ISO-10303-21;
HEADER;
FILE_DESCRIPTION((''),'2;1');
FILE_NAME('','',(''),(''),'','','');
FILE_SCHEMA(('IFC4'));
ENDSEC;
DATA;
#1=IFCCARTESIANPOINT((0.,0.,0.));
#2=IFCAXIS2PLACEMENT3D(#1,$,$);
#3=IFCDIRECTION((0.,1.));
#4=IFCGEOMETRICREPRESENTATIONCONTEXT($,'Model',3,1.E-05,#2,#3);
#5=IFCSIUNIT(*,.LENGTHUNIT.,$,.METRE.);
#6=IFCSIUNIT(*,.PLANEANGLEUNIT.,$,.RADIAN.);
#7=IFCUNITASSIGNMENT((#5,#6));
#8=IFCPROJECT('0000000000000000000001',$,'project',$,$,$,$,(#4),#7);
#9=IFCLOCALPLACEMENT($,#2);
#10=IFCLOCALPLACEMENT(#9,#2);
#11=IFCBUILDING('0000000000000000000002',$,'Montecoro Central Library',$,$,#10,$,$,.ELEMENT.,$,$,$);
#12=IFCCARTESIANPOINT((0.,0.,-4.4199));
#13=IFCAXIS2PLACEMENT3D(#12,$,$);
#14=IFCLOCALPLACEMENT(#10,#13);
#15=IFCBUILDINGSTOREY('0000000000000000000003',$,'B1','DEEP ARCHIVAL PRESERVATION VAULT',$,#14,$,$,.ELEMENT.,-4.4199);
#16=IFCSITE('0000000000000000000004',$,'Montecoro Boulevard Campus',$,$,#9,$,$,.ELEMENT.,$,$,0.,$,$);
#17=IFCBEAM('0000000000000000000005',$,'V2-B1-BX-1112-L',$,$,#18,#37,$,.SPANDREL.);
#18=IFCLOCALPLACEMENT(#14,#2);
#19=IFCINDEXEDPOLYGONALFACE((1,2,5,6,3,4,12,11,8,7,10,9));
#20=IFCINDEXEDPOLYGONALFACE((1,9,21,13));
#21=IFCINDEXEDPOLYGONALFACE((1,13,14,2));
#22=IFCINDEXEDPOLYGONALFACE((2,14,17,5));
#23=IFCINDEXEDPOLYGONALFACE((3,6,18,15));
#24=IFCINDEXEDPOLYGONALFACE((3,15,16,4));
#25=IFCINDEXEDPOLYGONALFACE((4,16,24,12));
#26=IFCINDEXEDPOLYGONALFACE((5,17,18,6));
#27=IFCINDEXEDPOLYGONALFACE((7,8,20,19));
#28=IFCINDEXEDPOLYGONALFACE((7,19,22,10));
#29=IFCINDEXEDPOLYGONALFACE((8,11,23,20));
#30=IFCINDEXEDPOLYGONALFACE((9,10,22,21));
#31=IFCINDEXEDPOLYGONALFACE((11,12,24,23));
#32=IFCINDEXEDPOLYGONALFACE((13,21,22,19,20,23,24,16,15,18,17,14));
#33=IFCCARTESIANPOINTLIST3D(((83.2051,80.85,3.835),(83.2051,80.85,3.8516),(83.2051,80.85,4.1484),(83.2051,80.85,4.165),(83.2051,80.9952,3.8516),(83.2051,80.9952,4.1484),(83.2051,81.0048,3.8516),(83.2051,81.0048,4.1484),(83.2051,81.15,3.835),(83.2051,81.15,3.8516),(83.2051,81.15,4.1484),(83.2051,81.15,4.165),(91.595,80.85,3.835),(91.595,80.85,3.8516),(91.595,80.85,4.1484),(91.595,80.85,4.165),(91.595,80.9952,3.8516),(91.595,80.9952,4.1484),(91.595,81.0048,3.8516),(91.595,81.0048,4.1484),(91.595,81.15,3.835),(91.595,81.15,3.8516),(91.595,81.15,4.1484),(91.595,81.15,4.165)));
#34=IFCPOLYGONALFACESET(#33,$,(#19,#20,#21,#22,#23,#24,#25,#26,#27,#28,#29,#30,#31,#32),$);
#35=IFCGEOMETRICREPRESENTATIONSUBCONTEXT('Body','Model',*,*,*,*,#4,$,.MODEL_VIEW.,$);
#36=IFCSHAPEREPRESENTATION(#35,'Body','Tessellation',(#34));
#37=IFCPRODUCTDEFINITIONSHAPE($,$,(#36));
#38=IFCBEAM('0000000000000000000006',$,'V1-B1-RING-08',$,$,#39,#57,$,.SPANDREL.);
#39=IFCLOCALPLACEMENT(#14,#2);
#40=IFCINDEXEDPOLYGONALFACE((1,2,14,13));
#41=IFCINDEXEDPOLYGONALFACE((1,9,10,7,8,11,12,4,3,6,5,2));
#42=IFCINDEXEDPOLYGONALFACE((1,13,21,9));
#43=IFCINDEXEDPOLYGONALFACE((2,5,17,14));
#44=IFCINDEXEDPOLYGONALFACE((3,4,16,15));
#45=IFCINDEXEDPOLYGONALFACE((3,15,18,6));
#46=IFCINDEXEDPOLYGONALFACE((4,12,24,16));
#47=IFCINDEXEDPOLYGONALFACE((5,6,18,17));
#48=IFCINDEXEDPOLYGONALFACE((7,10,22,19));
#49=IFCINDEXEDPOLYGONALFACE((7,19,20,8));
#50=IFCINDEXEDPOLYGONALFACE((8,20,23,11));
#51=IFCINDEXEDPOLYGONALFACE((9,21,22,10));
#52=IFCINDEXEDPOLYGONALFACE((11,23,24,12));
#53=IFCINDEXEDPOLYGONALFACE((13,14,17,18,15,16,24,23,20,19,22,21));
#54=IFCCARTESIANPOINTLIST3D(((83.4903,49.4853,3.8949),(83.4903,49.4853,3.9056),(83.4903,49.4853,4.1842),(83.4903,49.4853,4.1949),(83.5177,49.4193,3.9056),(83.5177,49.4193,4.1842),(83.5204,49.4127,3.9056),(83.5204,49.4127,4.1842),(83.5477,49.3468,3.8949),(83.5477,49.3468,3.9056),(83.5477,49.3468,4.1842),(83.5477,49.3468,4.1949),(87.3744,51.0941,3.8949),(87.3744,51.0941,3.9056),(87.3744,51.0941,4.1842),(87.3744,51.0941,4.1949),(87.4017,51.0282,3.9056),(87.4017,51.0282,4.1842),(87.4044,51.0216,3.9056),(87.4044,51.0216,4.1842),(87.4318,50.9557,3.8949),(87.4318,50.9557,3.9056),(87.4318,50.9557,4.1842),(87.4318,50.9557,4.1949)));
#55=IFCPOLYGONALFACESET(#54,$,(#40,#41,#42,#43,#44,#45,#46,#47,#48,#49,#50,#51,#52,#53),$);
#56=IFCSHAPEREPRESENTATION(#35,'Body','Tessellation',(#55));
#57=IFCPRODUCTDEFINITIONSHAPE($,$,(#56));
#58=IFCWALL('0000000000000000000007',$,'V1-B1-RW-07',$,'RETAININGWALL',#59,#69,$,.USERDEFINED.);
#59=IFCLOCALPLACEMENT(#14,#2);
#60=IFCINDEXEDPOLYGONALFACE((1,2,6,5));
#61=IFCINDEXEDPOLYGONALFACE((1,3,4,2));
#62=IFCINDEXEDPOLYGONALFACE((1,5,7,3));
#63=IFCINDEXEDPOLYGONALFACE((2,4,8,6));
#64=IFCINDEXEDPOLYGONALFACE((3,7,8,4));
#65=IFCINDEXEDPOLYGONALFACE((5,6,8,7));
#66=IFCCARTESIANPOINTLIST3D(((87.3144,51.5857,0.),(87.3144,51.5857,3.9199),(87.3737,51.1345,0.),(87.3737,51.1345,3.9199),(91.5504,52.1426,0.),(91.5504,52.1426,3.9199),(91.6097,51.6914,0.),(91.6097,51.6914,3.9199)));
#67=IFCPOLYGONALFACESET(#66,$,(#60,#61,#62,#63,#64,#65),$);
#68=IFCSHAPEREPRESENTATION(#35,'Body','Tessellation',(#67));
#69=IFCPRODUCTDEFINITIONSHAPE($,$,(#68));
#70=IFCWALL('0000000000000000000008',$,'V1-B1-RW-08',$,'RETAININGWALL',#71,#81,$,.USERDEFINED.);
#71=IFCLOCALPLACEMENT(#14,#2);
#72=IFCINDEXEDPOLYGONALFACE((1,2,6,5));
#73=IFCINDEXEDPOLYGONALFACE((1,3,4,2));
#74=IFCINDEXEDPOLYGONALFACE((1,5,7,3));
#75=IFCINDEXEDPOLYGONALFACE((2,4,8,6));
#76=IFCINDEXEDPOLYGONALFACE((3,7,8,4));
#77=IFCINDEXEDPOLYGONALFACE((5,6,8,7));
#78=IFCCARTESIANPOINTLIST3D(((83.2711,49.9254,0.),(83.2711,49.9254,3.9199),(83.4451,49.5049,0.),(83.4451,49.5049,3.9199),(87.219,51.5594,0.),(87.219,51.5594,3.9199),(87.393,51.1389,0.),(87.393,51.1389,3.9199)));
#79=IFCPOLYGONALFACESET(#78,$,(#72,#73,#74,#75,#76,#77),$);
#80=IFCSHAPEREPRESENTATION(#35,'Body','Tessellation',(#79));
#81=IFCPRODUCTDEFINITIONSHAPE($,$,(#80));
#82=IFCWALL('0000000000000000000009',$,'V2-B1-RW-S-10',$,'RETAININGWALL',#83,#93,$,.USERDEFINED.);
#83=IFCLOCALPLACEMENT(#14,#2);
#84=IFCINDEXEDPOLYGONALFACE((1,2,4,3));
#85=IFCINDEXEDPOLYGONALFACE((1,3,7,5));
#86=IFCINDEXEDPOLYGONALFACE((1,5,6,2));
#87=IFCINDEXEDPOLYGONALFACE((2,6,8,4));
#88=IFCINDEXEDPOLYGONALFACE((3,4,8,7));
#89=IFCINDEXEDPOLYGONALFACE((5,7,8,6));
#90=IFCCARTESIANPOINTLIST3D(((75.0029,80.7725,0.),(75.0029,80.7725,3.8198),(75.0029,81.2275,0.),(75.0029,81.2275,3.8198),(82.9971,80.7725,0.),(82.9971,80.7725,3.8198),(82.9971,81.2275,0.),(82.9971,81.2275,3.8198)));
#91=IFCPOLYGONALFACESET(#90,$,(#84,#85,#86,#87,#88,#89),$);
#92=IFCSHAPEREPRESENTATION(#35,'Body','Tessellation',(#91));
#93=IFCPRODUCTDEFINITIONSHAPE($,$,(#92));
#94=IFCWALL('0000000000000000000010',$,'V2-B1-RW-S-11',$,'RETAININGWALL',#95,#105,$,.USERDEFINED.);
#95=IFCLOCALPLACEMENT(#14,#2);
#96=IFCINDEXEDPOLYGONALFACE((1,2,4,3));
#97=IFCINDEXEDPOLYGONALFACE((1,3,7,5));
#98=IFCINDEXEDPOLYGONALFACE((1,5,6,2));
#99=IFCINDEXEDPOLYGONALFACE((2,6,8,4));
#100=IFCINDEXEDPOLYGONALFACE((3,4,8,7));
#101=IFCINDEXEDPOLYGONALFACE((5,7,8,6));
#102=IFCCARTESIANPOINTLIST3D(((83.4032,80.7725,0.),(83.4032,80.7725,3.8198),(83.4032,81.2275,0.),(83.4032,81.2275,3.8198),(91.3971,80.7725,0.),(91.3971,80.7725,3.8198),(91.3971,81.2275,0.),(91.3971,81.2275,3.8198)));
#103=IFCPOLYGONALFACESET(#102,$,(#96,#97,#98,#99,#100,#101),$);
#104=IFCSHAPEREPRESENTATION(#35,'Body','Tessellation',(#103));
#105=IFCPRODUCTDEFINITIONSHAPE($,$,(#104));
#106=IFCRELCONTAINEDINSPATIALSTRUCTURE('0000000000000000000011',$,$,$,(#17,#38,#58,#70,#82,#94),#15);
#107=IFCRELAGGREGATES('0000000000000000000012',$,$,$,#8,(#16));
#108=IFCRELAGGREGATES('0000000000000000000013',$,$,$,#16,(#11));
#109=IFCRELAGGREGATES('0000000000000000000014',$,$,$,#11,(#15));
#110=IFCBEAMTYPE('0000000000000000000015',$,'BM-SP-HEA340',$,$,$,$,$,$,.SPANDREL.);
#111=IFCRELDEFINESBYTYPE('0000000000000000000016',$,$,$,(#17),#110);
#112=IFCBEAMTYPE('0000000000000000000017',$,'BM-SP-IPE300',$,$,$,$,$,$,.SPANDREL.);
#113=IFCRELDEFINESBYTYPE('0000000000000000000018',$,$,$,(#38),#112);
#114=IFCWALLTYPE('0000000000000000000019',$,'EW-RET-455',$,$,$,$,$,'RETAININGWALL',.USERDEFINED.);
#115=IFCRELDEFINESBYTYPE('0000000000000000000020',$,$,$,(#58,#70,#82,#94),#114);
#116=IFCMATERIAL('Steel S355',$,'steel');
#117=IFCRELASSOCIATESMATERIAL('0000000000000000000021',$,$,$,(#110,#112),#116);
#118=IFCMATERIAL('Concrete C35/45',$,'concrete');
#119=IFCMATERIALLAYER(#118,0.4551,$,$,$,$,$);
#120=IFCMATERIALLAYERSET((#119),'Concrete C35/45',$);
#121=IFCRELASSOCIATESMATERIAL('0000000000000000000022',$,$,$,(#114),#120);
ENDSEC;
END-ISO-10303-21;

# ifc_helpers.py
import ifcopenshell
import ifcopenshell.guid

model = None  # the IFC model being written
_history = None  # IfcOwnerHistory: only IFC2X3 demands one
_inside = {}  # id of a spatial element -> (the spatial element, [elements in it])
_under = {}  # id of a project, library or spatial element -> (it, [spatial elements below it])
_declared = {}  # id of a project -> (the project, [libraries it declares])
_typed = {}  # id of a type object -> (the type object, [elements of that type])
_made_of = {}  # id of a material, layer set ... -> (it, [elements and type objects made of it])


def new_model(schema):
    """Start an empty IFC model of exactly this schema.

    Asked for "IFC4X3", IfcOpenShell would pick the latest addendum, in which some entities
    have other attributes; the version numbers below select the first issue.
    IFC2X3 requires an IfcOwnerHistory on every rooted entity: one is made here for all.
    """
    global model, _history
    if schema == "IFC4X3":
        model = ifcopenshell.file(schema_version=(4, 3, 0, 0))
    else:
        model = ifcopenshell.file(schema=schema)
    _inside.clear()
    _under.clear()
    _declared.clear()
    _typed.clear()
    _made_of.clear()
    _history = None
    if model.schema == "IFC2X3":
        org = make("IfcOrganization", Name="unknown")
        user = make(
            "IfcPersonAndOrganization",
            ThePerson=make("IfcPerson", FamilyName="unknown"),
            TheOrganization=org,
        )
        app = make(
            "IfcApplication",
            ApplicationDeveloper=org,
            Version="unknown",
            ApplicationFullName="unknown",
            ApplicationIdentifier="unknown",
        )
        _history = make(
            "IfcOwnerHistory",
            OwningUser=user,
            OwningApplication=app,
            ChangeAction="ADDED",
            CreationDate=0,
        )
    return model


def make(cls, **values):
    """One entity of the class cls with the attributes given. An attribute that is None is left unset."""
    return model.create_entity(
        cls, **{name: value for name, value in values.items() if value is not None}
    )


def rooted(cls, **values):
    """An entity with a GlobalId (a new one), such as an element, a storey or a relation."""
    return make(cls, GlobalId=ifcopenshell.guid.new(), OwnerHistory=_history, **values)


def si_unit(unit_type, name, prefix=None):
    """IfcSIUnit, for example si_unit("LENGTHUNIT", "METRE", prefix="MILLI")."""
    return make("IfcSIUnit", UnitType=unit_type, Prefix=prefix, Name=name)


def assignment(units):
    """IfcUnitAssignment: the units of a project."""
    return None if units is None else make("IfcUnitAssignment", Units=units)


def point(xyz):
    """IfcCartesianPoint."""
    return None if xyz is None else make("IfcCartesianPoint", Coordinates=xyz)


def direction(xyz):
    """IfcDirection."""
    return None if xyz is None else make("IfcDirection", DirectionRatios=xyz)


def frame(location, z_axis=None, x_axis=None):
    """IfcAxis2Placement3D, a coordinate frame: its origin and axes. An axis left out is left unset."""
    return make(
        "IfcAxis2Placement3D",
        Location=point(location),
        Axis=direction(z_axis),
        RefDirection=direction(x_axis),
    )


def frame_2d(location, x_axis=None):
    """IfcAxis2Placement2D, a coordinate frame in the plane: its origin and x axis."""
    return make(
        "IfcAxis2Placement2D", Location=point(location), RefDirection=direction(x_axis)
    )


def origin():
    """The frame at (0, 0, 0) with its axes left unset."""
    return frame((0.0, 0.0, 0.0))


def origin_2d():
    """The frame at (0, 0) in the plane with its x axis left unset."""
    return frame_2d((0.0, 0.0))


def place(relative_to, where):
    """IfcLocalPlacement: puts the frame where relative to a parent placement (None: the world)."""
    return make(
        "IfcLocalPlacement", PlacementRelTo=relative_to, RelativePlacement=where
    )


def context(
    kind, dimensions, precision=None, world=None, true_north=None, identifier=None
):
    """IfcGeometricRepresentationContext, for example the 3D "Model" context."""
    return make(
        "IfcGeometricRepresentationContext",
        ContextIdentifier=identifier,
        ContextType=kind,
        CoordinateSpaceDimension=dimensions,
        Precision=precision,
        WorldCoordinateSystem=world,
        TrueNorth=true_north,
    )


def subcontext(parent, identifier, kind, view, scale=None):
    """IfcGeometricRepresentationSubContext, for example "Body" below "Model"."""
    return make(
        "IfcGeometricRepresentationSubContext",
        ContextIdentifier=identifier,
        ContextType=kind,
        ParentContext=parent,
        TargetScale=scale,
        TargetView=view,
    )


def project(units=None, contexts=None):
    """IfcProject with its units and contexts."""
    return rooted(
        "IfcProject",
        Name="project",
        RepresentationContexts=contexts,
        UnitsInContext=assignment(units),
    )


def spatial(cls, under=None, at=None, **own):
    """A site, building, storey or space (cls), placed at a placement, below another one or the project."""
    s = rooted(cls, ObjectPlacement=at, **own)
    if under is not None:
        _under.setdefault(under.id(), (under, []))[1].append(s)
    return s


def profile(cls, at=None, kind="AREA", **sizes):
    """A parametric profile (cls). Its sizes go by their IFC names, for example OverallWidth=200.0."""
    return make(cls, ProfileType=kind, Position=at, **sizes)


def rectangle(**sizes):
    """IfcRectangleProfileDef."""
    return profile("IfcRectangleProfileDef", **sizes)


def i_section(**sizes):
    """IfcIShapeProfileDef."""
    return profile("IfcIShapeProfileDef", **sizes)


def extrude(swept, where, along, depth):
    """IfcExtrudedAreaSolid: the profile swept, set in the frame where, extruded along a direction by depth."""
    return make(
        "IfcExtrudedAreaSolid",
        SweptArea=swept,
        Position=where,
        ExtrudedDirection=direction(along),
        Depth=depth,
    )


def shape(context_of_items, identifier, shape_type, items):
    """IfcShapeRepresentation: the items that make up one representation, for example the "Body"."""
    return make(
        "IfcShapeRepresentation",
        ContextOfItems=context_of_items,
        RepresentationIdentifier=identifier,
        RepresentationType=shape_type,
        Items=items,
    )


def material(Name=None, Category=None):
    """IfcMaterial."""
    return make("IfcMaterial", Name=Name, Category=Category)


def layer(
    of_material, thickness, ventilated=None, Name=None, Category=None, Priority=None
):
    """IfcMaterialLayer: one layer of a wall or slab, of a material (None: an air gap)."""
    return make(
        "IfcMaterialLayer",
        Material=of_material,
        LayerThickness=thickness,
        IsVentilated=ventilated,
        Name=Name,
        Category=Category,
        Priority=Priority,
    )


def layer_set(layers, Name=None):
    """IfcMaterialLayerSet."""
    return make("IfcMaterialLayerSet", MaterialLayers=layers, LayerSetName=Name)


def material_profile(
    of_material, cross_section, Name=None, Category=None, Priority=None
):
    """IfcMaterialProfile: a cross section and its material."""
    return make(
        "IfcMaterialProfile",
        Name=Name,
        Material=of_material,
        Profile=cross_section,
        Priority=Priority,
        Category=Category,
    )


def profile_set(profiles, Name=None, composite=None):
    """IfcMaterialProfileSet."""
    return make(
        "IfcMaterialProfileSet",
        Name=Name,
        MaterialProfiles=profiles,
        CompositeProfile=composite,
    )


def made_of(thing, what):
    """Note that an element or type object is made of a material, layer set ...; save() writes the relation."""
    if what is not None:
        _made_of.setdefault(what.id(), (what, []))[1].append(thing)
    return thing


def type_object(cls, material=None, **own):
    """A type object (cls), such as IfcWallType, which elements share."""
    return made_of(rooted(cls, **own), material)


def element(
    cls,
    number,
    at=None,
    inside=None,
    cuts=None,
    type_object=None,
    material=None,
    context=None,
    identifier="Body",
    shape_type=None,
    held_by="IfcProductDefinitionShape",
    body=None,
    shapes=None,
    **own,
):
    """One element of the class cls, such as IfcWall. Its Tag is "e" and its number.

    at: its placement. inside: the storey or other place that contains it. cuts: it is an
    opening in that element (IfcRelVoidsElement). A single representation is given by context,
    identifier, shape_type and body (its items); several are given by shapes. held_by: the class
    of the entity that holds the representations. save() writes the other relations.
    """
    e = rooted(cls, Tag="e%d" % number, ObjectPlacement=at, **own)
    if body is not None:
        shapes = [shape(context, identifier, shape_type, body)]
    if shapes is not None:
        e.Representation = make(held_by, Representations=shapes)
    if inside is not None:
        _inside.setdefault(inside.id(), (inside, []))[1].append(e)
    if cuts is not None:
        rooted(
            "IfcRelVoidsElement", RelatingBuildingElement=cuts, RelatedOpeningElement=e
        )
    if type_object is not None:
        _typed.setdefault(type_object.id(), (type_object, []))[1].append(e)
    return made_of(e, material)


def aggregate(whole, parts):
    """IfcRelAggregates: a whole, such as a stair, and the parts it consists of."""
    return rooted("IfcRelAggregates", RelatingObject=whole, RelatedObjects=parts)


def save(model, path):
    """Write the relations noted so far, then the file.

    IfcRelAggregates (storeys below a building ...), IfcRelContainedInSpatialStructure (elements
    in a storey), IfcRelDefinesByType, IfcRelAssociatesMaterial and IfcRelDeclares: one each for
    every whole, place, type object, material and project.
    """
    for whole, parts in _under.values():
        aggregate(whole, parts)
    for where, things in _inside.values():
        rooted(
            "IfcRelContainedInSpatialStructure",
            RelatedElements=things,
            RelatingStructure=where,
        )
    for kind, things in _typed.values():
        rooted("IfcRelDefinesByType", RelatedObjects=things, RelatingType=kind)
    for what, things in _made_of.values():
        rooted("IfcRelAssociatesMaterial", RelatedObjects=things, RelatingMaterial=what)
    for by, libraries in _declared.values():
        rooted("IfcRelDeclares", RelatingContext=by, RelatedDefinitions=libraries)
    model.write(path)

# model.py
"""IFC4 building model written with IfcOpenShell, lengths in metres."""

from ifc_helpers import new_model, si_unit, direction, frame, frame_2d, origin, origin_2d, place, context, subcontext, project, spatial, rectangle, i_section, extrude, material, layer, layer_set, material_profile, profile_set, type_object, element, save


model = new_model("IFC4")

# Units and contexts
model_context = context("Model", 3, precision=1e-05, world=origin(), true_north=direction((0.0, 1.0)))
body_context = subcontext(model_context, "Body", "Model", "MODEL_VIEW")
ifc_project = project(units=[si_unit("LENGTHUNIT", "METRE"), si_unit("PLANEANGLEUNIT", "RADIAN")], contexts=[model_context])

# Site, building, storey
site_placement = place(None, origin())
site = spatial("IfcSite", under=ifc_project, at=site_placement, Name="Montecoro Boulevard Campus", CompositionType="ELEMENT", RefElevation=0.0)
building_placement = place(site_placement, origin())
building = spatial("IfcBuilding", under=site, at=building_placement, Name="Montecoro Central Library", CompositionType="ELEMENT")
storey_placement = place(building_placement, frame((0.0, 0.0, -4.4199)))
storey = spatial("IfcBuildingStorey", under=building, at=storey_placement, Name="B1", Description="DEEP ARCHIVAL PRESERVATION VAULT", CompositionType="ELEMENT", Elevation=-4.4199)

# Shared definitions
ifc_material_1 = material(Name="Concrete C35/45", Category="concrete")

# Beams
ifc_material_2 = material(Name="Steel S355", Category="steel")
ifc_material_profile_1 = material_profile(ifc_material_2, i_section(OverallWidth=0.3, OverallDepth=0.3301, WebThickness=0.0095, FlangeThickness=0.0166, at=origin_2d()), Name="HEA 340")
ifc_profile_set_1 = profile_set([ifc_material_profile_1], Name="Steel S355")
beam_type_1 = type_object("IfcBeamType", Name="BM-SP-HEA340", PredefinedType="SPANDREL", material=ifc_profile_set_1)
beam_1_placement = place(storey_placement, frame((83.2051, 81.0, 4.0), z_axis=(1.0, 0.0, 0.0), x_axis=(0.0, 1.0, 0.0)))
element("IfcBeam", 1, at=beam_1_placement, inside=storey, type_object=beam_type_1, Name="V2-B1-BX-1112-L", PredefinedType="SPANDREL", context=body_context, shape_type="SweptSolid", body=[
    extrude(i_section(OverallWidth=0.3, OverallDepth=0.3301, WebThickness=0.0095, FlangeThickness=0.0166, at=origin_2d()), origin(), (0.0, 0.0, 1.0), 8.3899),
])
ifc_material_profile_2 = material_profile(ifc_material_2, i_section(OverallWidth=0.1499, OverallDepth=0.3, WebThickness=0.0071, FlangeThickness=0.0107, at=origin_2d()), Name="IPE 300")
ifc_profile_set_2 = profile_set([ifc_material_profile_2], Name="Steel S355")
beam_type_2 = type_object("IfcBeamType", Name="BM-SP-IPE300", PredefinedType="SPANDREL", material=ifc_profile_set_2)
beam_2_placement = place(storey_placement, frame((87.4031, 51.0249, 4.0449), z_axis=(-0.923874, -0.382697, 0.0), x_axis=(0.382697, -0.923874, 0.0)))
element("IfcBeam", 2, at=beam_2_placement, inside=storey, type_object=beam_type_2, Name="V1-B1-RING-08", PredefinedType="SPANDREL", context=body_context, shape_type="SweptSolid", body=[
    extrude(i_section(OverallWidth=0.1499, OverallDepth=0.3, WebThickness=0.0071, FlangeThickness=0.0107, at=origin_2d()), origin(), (0.0, 0.0, 1.0), 4.2041),
])

# Walls
ifc_layer = layer(ifc_material_1, 0.4551)
ifc_layer_set = layer_set([ifc_layer], Name="Concrete C35/45")
wall_type = type_object("IfcWallType", Name="EW-RET-455", ElementType="RETAININGWALL", PredefinedType="USERDEFINED", material=ifc_layer_set)
wall_1_placement = place(storey_placement, frame((91.5801, 51.917, 0.0), z_axis=(0.0, 0.0, 1.0), x_axis=(-0.991469, -0.130341, 0.0)))
element("IfcWall", 3, at=wall_1_placement, inside=storey, type_object=wall_type, Name="V1-B1-RW-07", ObjectType="RETAININGWALL", PredefinedType="USERDEFINED", context=body_context, shape_type="SweptSolid", body=[
    extrude(rectangle(XDim=4.2725, YDim=0.4551, at=frame_2d((2.1362, 0.0))), origin(), (0.0, 0.0, 1.0), 3.9199),
])
wall_2_placement = place(storey_placement, frame((87.3059, 51.3491, 0.0), z_axis=(0.0, 0.0, 1.0), x_axis=(-0.923986, -0.382427, 0.0)))
element("IfcWall", 4, at=wall_2_placement, inside=storey, type_object=wall_type, Name="V1-B1-RW-08", ObjectType="RETAININGWALL", PredefinedType="USERDEFINED", context=body_context, shape_type="SweptSolid", body=[
    extrude(rectangle(XDim=4.2727, YDim=0.4551, at=frame_2d((2.1362, 0.0))), origin(), (0.0, 0.0, 1.0), 3.9199),
])
wall_3_placement = place(storey_placement, frame((75.0029, 81.0, 0.0), z_axis=(0.0, 0.0, 1.0), x_axis=(1.0, 0.0, 0.0)))
element("IfcWall", 5, at=wall_3_placement, inside=storey, type_object=wall_type, Name="V2-B1-RW-S-10", ObjectType="RETAININGWALL", PredefinedType="USERDEFINED", context=body_context, shape_type="SweptSolid", body=[
    extrude(rectangle(XDim=7.9941, YDim=0.4551, at=frame_2d((3.9971, 0.0))), origin(), (0.0, 0.0, 1.0), 3.8198),
])
wall_4_placement = place(storey_placement, frame((83.4031, 81.0, 0.0), z_axis=(0.0, 0.0, 1.0), x_axis=(1.0, 0.0, 0.0)))
element("IfcWall", 6, at=wall_4_placement, inside=storey, type_object=wall_type, Name="V2-B1-RW-S-11", ObjectType="RETAININGWALL", PredefinedType="USERDEFINED", context=body_context, shape_type="SweptSolid", body=[
    extrude(rectangle(XDim=7.9939, YDim=0.4551, at=frame_2d((3.9971, 0.0))), origin(), (0.0, 0.0, 1.0), 3.8198),
])

save(model, "model.ifc")
